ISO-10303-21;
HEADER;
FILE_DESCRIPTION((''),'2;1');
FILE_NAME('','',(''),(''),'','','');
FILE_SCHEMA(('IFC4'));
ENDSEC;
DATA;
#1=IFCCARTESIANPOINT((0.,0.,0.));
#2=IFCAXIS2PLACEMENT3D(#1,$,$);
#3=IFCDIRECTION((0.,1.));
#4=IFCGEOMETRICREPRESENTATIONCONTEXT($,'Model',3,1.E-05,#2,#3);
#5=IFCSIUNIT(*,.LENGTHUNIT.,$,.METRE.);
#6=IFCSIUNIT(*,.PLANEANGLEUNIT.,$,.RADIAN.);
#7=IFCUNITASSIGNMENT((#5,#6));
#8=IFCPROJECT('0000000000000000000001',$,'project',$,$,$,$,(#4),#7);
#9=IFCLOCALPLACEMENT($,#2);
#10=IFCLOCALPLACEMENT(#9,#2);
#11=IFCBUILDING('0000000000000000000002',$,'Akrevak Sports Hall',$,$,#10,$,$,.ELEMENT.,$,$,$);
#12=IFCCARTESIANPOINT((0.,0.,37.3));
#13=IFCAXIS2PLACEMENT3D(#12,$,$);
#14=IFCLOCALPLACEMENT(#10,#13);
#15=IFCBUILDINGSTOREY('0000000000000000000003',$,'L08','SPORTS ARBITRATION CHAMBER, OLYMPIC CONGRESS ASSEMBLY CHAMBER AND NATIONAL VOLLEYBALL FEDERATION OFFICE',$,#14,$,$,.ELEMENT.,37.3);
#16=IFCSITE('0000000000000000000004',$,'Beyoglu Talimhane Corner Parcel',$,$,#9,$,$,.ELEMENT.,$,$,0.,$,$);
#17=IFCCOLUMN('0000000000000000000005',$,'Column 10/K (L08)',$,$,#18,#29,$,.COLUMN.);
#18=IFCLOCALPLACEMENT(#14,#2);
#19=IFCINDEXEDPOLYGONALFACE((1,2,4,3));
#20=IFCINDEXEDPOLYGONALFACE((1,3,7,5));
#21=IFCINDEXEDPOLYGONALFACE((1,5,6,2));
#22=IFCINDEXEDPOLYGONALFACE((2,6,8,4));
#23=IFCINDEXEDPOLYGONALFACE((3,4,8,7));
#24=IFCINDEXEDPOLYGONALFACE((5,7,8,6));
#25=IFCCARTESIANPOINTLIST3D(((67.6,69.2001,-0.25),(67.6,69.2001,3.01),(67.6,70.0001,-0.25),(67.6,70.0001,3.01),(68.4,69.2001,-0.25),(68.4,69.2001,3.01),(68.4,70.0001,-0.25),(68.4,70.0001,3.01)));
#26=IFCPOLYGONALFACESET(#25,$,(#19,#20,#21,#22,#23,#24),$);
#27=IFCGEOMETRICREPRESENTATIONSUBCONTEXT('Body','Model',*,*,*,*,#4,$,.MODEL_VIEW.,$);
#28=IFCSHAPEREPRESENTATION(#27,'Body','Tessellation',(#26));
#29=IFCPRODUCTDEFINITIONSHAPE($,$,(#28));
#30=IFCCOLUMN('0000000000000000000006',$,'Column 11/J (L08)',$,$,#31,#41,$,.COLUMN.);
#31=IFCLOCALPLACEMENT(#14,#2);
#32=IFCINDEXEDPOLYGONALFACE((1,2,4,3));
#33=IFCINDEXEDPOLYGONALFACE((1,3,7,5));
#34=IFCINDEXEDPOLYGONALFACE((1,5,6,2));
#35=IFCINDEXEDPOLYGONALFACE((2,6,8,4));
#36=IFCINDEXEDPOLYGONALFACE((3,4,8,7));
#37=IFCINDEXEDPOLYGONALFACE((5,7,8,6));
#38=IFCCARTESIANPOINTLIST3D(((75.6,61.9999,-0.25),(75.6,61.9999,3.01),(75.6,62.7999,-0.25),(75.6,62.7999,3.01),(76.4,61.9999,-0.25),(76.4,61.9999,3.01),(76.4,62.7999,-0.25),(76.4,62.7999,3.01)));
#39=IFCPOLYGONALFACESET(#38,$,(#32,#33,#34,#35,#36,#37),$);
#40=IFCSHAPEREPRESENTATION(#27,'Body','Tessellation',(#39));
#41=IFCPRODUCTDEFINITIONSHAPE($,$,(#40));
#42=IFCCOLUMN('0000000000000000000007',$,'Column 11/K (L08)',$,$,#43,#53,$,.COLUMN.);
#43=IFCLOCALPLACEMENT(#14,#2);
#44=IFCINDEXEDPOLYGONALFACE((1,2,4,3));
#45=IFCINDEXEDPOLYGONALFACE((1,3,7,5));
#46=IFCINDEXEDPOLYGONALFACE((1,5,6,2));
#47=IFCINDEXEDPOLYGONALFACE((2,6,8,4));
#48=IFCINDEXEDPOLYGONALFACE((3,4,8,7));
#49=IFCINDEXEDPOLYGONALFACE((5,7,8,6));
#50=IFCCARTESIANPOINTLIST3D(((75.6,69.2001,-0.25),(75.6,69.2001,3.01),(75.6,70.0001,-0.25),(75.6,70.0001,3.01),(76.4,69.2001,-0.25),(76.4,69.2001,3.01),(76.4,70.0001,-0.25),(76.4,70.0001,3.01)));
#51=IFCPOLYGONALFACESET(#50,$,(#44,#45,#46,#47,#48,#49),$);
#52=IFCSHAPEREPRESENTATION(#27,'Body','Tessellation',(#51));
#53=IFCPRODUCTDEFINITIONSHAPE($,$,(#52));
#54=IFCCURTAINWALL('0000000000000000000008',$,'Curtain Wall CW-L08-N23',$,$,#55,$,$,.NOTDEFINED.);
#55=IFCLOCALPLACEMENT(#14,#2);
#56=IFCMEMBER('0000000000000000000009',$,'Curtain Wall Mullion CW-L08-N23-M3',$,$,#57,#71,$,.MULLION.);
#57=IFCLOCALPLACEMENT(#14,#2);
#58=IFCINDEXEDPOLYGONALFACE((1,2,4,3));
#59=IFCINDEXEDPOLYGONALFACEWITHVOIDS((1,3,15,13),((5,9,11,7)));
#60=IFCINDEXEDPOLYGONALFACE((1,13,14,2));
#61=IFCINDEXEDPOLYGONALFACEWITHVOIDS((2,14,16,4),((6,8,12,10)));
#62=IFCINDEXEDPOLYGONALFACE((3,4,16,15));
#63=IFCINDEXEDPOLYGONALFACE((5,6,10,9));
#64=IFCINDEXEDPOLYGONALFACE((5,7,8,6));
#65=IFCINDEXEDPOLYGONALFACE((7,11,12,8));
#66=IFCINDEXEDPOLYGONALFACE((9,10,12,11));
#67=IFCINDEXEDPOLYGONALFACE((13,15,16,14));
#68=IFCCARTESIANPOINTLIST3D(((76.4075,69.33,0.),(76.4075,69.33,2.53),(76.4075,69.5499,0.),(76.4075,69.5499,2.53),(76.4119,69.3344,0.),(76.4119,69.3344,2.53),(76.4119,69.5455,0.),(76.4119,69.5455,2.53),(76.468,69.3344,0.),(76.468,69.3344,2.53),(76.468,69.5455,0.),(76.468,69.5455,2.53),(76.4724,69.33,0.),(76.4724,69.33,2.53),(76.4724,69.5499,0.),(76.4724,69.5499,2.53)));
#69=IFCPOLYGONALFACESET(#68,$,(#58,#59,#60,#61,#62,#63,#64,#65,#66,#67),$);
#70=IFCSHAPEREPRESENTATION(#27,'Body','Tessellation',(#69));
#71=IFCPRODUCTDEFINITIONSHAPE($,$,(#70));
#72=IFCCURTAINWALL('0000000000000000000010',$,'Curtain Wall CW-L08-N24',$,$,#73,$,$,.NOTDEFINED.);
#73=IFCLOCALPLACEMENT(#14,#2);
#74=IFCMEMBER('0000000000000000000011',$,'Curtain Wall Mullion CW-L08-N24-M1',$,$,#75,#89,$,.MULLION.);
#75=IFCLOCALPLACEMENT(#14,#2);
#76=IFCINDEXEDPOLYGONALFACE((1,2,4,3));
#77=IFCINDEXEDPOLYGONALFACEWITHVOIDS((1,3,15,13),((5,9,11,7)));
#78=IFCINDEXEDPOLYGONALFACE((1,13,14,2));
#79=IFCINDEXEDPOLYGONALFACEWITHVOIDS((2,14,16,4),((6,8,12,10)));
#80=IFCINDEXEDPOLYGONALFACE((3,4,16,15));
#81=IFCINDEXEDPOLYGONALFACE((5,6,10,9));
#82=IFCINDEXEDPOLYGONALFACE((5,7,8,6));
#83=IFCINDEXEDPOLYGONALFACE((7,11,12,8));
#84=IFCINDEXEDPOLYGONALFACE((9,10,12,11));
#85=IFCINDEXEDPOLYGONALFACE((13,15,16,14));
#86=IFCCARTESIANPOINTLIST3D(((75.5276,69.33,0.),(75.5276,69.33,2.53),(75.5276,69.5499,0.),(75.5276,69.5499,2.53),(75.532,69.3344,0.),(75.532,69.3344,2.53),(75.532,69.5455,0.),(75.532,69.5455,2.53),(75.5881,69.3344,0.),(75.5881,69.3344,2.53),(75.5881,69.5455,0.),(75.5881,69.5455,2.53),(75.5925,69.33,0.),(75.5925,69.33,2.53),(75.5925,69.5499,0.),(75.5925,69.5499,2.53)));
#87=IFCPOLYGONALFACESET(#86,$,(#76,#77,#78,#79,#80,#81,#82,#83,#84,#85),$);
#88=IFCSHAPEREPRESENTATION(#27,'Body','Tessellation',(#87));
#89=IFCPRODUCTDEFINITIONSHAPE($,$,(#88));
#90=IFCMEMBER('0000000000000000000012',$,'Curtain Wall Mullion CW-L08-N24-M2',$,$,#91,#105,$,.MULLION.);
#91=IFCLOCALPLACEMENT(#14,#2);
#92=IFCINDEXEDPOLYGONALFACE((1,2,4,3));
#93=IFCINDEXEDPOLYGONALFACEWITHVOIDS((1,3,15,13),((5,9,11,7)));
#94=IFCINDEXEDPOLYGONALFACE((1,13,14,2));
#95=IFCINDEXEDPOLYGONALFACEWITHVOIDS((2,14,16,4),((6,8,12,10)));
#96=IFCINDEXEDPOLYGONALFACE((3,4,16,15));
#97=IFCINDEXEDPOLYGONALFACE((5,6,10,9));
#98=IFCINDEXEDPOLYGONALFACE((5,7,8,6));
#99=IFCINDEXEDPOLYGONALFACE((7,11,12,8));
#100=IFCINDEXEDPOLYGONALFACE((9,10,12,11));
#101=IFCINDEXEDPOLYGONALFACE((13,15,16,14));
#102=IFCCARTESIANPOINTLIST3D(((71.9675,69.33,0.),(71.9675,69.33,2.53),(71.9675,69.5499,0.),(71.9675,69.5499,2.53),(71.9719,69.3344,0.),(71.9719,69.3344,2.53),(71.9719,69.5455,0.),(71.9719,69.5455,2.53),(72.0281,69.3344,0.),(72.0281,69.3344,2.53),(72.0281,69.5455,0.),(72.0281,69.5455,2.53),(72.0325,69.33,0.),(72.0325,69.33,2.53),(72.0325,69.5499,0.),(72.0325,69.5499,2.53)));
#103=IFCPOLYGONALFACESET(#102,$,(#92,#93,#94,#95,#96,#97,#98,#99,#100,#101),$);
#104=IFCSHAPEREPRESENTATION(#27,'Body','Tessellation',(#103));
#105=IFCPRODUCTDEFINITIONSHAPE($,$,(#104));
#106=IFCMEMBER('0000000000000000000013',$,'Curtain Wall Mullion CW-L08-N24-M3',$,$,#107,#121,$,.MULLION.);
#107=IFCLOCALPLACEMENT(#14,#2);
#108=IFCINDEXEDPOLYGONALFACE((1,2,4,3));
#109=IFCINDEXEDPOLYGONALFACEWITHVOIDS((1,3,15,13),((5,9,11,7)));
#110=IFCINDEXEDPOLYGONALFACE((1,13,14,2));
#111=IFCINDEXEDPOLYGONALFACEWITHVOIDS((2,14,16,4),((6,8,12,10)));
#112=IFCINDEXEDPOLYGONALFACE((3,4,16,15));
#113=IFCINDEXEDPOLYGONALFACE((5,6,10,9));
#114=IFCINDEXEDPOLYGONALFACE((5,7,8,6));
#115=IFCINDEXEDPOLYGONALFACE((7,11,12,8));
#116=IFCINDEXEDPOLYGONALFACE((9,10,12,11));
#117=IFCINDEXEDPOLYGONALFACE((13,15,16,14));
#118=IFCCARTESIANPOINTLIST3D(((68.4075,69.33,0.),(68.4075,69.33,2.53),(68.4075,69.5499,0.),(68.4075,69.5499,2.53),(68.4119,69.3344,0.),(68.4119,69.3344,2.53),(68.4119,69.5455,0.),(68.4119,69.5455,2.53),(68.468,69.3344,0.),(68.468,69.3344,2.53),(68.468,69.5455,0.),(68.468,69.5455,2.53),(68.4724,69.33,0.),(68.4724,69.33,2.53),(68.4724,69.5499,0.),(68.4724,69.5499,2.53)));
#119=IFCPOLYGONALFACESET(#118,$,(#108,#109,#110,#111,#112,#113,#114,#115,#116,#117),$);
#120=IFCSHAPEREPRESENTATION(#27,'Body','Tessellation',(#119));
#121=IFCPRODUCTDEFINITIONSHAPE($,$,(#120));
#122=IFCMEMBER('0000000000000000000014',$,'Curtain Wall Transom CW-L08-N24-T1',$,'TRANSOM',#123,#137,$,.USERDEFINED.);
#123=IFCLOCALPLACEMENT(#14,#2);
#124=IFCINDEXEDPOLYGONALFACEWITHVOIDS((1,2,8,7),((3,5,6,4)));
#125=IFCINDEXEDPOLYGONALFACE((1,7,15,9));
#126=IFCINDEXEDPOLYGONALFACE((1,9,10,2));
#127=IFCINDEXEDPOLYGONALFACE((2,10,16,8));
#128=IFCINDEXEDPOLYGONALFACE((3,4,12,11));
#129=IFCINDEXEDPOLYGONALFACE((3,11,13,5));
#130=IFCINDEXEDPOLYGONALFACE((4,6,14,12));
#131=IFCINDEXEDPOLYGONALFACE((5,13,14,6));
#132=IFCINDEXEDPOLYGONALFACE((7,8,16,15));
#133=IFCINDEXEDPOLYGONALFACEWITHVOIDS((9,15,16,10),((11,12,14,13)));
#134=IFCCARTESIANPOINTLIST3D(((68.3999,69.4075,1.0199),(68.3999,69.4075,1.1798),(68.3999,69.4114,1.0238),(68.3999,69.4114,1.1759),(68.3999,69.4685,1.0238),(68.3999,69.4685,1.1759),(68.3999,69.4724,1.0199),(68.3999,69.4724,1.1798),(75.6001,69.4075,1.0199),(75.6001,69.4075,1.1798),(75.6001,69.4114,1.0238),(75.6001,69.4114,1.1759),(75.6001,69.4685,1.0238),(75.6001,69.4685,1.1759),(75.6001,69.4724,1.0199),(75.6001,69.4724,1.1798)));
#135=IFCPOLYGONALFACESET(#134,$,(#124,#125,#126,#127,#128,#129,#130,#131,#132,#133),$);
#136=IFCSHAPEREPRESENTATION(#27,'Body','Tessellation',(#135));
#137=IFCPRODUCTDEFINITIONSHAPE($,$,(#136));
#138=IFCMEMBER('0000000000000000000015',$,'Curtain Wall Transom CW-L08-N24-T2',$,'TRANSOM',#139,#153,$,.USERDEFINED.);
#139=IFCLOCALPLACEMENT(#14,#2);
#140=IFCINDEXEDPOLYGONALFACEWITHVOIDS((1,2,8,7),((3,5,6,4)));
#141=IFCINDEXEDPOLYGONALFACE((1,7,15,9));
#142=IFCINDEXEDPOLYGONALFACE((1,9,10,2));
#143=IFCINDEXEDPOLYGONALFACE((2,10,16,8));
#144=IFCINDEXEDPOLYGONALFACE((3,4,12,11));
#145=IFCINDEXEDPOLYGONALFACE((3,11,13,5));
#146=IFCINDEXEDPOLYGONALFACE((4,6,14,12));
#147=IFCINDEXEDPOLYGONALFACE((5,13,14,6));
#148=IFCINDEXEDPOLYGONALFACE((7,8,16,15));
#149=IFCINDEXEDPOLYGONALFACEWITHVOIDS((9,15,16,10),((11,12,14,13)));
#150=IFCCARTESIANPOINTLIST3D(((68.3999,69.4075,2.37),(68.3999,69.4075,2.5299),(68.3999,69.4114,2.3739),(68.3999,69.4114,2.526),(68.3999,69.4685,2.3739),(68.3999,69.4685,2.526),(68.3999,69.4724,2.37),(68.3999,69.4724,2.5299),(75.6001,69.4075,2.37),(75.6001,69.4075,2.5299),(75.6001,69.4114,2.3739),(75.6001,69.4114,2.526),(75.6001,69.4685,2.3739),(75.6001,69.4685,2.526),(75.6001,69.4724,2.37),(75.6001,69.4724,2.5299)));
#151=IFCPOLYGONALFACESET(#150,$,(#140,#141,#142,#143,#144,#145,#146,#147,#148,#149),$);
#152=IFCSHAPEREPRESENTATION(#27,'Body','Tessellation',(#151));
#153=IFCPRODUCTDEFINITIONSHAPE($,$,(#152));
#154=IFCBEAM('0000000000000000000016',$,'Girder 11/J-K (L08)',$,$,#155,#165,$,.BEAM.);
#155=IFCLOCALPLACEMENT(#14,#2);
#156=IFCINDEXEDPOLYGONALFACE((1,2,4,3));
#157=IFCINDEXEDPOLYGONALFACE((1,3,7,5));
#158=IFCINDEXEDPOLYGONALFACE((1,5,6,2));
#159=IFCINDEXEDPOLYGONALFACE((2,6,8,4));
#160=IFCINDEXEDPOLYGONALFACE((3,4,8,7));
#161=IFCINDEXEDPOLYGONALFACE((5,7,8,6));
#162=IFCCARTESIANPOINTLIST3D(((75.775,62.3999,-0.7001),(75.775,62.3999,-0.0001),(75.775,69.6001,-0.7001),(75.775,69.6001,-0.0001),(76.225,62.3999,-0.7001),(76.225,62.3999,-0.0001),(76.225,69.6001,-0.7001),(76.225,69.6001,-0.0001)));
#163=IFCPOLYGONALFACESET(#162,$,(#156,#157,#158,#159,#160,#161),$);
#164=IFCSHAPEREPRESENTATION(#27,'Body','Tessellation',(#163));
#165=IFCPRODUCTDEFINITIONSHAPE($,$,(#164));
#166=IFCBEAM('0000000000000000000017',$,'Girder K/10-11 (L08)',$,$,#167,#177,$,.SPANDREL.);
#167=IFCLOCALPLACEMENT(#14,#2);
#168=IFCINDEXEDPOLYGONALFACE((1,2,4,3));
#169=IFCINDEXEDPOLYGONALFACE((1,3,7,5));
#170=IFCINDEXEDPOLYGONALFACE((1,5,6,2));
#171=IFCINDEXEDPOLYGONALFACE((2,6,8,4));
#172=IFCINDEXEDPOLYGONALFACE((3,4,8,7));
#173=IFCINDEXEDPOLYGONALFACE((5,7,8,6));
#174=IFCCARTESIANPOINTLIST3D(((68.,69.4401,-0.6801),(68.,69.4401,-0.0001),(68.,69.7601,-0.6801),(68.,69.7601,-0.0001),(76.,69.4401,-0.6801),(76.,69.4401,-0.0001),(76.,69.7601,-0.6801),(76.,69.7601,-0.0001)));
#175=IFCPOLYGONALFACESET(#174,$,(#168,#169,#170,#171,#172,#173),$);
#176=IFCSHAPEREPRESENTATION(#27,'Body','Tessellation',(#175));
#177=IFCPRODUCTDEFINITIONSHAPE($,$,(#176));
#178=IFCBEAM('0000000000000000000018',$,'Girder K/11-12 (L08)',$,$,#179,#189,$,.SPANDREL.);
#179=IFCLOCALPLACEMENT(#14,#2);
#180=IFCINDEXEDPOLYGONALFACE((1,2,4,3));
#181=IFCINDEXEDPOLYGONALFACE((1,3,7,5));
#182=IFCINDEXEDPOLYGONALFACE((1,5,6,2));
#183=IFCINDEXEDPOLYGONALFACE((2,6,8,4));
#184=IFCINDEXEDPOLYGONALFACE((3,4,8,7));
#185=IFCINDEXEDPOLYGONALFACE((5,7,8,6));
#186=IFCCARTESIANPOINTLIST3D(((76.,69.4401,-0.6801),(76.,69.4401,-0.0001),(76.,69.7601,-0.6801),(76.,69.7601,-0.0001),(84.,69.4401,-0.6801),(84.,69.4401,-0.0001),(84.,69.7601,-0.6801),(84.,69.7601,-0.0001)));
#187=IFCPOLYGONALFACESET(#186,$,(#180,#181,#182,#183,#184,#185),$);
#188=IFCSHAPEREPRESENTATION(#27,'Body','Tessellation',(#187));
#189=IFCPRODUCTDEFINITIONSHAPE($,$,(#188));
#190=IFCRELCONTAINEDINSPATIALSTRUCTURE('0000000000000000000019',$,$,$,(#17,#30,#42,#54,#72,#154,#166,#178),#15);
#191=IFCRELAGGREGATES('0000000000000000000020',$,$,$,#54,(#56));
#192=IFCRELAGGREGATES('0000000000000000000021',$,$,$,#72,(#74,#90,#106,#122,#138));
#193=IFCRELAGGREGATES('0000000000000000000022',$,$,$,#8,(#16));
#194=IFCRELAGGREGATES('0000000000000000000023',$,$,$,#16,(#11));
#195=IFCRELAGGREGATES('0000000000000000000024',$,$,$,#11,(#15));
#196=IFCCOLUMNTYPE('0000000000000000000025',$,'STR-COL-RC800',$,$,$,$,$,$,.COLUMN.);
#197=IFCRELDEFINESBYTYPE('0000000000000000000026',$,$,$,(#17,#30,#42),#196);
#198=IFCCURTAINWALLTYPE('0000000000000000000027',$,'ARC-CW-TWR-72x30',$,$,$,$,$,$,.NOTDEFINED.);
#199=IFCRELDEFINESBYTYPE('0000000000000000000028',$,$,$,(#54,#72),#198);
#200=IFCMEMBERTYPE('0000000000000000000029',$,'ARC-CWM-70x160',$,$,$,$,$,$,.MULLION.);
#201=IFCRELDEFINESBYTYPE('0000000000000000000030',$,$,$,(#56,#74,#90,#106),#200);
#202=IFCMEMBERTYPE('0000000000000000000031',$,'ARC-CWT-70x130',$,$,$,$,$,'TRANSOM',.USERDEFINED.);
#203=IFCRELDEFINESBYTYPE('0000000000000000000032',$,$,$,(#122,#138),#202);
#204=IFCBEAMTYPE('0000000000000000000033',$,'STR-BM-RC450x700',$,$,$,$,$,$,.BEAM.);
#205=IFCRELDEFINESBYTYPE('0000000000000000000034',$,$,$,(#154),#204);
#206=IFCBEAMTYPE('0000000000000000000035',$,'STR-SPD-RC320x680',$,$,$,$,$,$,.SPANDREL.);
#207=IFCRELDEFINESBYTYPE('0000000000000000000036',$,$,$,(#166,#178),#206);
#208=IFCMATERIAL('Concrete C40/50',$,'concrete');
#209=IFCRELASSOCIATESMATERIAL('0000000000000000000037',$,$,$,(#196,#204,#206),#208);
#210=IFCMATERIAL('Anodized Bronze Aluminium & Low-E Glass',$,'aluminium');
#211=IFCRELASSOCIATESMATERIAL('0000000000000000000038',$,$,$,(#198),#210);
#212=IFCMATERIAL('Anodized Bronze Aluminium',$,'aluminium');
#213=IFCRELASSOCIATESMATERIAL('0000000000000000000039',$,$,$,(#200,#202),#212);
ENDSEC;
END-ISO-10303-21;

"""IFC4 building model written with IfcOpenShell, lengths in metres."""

from ifc_helpers import new_model, si_unit, direction, frame, origin, origin_2d, place, context, subcontext, project, spatial, rectangle, hollow_rectangle, extrude, material, material_profile, profile_set, type_object, element, aggregate, save


model = new_model("IFC4")

# Units and contexts
model_context = context("Model", 3, precision=1e-05, world=origin(), true_north=direction((0.0, 1.0)))
body_context = subcontext(model_context, "Body", "Model", "MODEL_VIEW")
ifc_project = project(units=[si_unit("LENGTHUNIT", "METRE"), si_unit("PLANEANGLEUNIT", "RADIAN")], contexts=[model_context])

# Site, building, storey
site_placement = place(None, origin())
site = spatial("IfcSite", under=ifc_project, at=site_placement, Name="Beyoglu Talimhane Corner Parcel", CompositionType="ELEMENT", RefElevation=0.0)
building_placement = place(site_placement, origin())
building = spatial("IfcBuilding", under=site, at=building_placement, Name="Akrevak Sports Hall", CompositionType="ELEMENT")
storey_placement = place(building_placement, frame((0.0, 0.0, 37.3)))
storey = spatial("IfcBuildingStorey", under=building, at=storey_placement, Name="L08", Description="SPORTS ARBITRATION CHAMBER, OLYMPIC CONGRESS ASSEMBLY CHAMBER AND NATIONAL VOLLEYBALL FEDERATION OFFICE", CompositionType="ELEMENT", Elevation=37.3)

# Columns
ifc_material_1 = material(Name="Concrete C40/50", Category="concrete")
ifc_material_profile_1 = material_profile(ifc_material_1, rectangle(XDim=0.8, YDim=0.8, at=origin_2d()), Name="RC 800x800", Category="concrete")
ifc_profile_set_1 = profile_set([ifc_material_profile_1], Name="Concrete C40/50")
column_type = type_object("IfcColumnType", Name="STR-COL-RC800", PredefinedType="COLUMN", material=ifc_profile_set_1)
for number, where, z_axis, x_axis, name in (
    (1, (68.0, 69.6001, -0.25), (0.0, 0.0, 1.0), (1.0, 0.0, 0.0), "Column 10/K (L08)"),
    (2, (76.0, 62.3999, -0.25), (0.0, 0.0, 1.0), (1.0, 0.0, 0.0), "Column 11/J (L08)"),
    (3, (76.0, 69.6001, -0.25), (0.0, 0.0, 1.0), (1.0, 0.0, 0.0), "Column 11/K (L08)"),
):
    element("IfcColumn", number, at=place(storey_placement, frame(where, z_axis=z_axis, x_axis=x_axis)), inside=storey, type_object=column_type, Name=name, PredefinedType="COLUMN", context=body_context, shape_type="SweptSolid", body=[
        extrude(rectangle(XDim=0.8, YDim=0.8, at=origin_2d()), origin(), (0.0, 0.0, 1.0), 3.26),
    ])

# Curtain wall, member
ifc_material_2 = material(Name="Anodized Bronze Aluminium & Low-E Glass", Category="aluminium")
curtain_wall_type = type_object("IfcCurtainWallType", Name="ARC-CW-TWR-72x30", PredefinedType="NOTDEFINED", material=ifc_material_2)
curtain_wall_1_placement = place(storey_placement, origin())
curtain_wall_1 = element("IfcCurtainWall", 4, at=curtain_wall_1_placement, inside=storey, type_object=curtain_wall_type, Name="Curtain Wall CW-L08-N23", PredefinedType="NOTDEFINED")
ifc_material_3 = material(Name="Anodized Bronze Aluminium", Category="aluminium")
ifc_material_profile_2 = material_profile(ifc_material_3, hollow_rectangle(XDim=0.0649, YDim=0.22, WallThickness=0.0044, at=origin_2d()), Name="CWM 65x220", Category="aluminium")
ifc_profile_set_2 = profile_set([ifc_material_profile_2], Name="Anodized Bronze Aluminium")
member_type_1 = type_object("IfcMemberType", Name="ARC-CWM-70x160", PredefinedType="MULLION", material=ifc_profile_set_2)
member_1_placement = place(storey_placement, frame((76.4399, 69.4399, 0.0), z_axis=(0.0, 0.0, 1.0), x_axis=(-1.0, 0.0, 0.0)))
member_1 = element("IfcMember", 5, at=member_1_placement, type_object=member_type_1, Name="Curtain Wall Mullion CW-L08-N23-M3", PredefinedType="MULLION", context=body_context, shape_type="SweptSolid", body=[
    extrude(hollow_rectangle(XDim=0.0649, YDim=0.22, WallThickness=0.0044, at=origin_2d()), origin(), (0.0, 0.0, 1.0), 2.53),
])
aggregate(curtain_wall_1, [member_1])

# Curtain wall, members
curtain_wall_2_placement = place(storey_placement, origin())
curtain_wall_2 = element("IfcCurtainWall", 6, at=curtain_wall_2_placement, inside=storey, type_object=curtain_wall_type, Name="Curtain Wall CW-L08-N24", PredefinedType="NOTDEFINED")
member_2_placement = place(storey_placement, frame((75.5601, 69.4399, 0.0), z_axis=(0.0, 0.0, 1.0), x_axis=(-1.0, 0.0, 0.0)))
member_2 = element("IfcMember", 7, at=member_2_placement, type_object=member_type_1, Name="Curtain Wall Mullion CW-L08-N24-M1", PredefinedType="MULLION", context=body_context, shape_type="SweptSolid", body=[
    extrude(hollow_rectangle(XDim=0.0649, YDim=0.22, WallThickness=0.0044, at=origin_2d()), origin(), (0.0, 0.0, 1.0), 2.53),
])
member_3_placement = place(storey_placement, frame((72.0, 69.4399, 0.0), z_axis=(0.0, 0.0, 1.0), x_axis=(-1.0, 0.0, 0.0)))
member_3 = element("IfcMember", 8, at=member_3_placement, type_object=member_type_1, Name="Curtain Wall Mullion CW-L08-N24-M2", PredefinedType="MULLION", context=body_context, shape_type="SweptSolid", body=[
    extrude(hollow_rectangle(XDim=0.0649, YDim=0.22, WallThickness=0.0044, at=origin_2d()), origin(), (0.0, 0.0, 1.0), 2.53),
])
member_4_placement = place(storey_placement, frame((68.4399, 69.4399, 0.0), z_axis=(0.0, 0.0, 1.0), x_axis=(-1.0, 0.0, 0.0)))
member_4 = element("IfcMember", 9, at=member_4_placement, type_object=member_type_1, Name="Curtain Wall Mullion CW-L08-N24-M3", PredefinedType="MULLION", context=body_context, shape_type="SweptSolid", body=[
    extrude(hollow_rectangle(XDim=0.0649, YDim=0.22, WallThickness=0.0044, at=origin_2d()), origin(), (0.0, 0.0, 1.0), 2.53),
])
ifc_material_profile_3 = material_profile(ifc_material_3, hollow_rectangle(XDim=0.0649, YDim=0.1599, WallThickness=0.0039, at=origin_2d()), Name="CWT 65x160", Category="aluminium")
ifc_profile_set_3 = profile_set([ifc_material_profile_3], Name="Anodized Bronze Aluminium")
member_type_2 = type_object("IfcMemberType", Name="ARC-CWT-70x130", ElementType="TRANSOM", PredefinedType="USERDEFINED", material=ifc_profile_set_3)
member_5_placement = place(storey_placement, frame((75.6001, 69.4399, 1.0999), z_axis=(-1.0, 0.0, 0.0), x_axis=(0.0, -1.0, 0.0)))
member_5 = element("IfcMember", 10, at=member_5_placement, type_object=member_type_2, Name="Curtain Wall Transom CW-L08-N24-T1", ObjectType="TRANSOM", PredefinedType="USERDEFINED", context=body_context, shape_type="SweptSolid", body=[
    extrude(hollow_rectangle(XDim=0.0649, YDim=0.1599, WallThickness=0.0039, at=origin_2d()), origin(), (0.0, 0.0, 1.0), 7.2002),
])
member_6_placement = place(storey_placement, frame((75.6001, 69.4399, 2.45), z_axis=(-1.0, 0.0, 0.0), x_axis=(0.0, -1.0, 0.0)))
member_6 = element("IfcMember", 11, at=member_6_placement, type_object=member_type_2, Name="Curtain Wall Transom CW-L08-N24-T2", ObjectType="TRANSOM", PredefinedType="USERDEFINED", context=body_context, shape_type="SweptSolid", body=[
    extrude(hollow_rectangle(XDim=0.0649, YDim=0.1599, WallThickness=0.0039, at=origin_2d()), origin(), (0.0, 0.0, 1.0), 7.2002),
])

# Beams
ifc_material_profile_4 = material_profile(ifc_material_1, rectangle(XDim=0.45, YDim=0.7, at=origin_2d()), Name="BM 450x700", Category="concrete")
ifc_profile_set_4 = profile_set([ifc_material_profile_4], Name="Concrete C40/50")
beam_type_1 = type_object("IfcBeamType", Name="STR-BM-RC450x700", PredefinedType="BEAM", material=ifc_profile_set_4)
beam_placement = place(storey_placement, frame((76.0, 62.3999, -0.3501), z_axis=(0.0, 1.0, 0.0), x_axis=(-1.0, 0.0, 0.0)))
element("IfcBeam", 12, at=beam_placement, inside=storey, type_object=beam_type_1, Name="Girder 11/J-K (L08)", PredefinedType="BEAM", context=body_context, shape_type="SweptSolid", body=[
    extrude(rectangle(XDim=0.45, YDim=0.7, at=origin_2d()), origin(), (0.0, 0.0, 1.0), 7.2002),
])
ifc_material_profile_5 = material_profile(ifc_material_1, rectangle(XDim=0.3201, YDim=0.6799, at=origin_2d()), Name="SPD 320x680", Category="concrete")
ifc_profile_set_5 = profile_set([ifc_material_profile_5], Name="Concrete C40/50")
beam_type_2 = type_object("IfcBeamType", Name="STR-SPD-RC320x680", PredefinedType="SPANDREL", material=ifc_profile_set_5)
for number, where, z_axis, x_axis, name in (
    (13, (68.0, 69.6001, -0.3401), (1.0, 0.0, 0.0), (0.0, 1.0, 0.0), "Girder K/10-11 (L08)"),
    (14, (76.0, 69.6001, -0.3401), (1.0, 0.0, 0.0), (0.0, 1.0, 0.0), "Girder K/11-12 (L08)"),
):
    element("IfcBeam", number, at=place(storey_placement, frame(where, z_axis=z_axis, x_axis=x_axis)), inside=storey, type_object=beam_type_2, Name=name, PredefinedType="SPANDREL", context=body_context, shape_type="SweptSolid", body=[
        extrude(rectangle(XDim=0.3201, YDim=0.6799, at=origin_2d()), origin(), (0.0, 0.0, 1.0), 8.0),
    ])

aggregate(curtain_wall_2, [member_2, member_3, member_4, member_5, member_6])

save(model, "model.ifc")
